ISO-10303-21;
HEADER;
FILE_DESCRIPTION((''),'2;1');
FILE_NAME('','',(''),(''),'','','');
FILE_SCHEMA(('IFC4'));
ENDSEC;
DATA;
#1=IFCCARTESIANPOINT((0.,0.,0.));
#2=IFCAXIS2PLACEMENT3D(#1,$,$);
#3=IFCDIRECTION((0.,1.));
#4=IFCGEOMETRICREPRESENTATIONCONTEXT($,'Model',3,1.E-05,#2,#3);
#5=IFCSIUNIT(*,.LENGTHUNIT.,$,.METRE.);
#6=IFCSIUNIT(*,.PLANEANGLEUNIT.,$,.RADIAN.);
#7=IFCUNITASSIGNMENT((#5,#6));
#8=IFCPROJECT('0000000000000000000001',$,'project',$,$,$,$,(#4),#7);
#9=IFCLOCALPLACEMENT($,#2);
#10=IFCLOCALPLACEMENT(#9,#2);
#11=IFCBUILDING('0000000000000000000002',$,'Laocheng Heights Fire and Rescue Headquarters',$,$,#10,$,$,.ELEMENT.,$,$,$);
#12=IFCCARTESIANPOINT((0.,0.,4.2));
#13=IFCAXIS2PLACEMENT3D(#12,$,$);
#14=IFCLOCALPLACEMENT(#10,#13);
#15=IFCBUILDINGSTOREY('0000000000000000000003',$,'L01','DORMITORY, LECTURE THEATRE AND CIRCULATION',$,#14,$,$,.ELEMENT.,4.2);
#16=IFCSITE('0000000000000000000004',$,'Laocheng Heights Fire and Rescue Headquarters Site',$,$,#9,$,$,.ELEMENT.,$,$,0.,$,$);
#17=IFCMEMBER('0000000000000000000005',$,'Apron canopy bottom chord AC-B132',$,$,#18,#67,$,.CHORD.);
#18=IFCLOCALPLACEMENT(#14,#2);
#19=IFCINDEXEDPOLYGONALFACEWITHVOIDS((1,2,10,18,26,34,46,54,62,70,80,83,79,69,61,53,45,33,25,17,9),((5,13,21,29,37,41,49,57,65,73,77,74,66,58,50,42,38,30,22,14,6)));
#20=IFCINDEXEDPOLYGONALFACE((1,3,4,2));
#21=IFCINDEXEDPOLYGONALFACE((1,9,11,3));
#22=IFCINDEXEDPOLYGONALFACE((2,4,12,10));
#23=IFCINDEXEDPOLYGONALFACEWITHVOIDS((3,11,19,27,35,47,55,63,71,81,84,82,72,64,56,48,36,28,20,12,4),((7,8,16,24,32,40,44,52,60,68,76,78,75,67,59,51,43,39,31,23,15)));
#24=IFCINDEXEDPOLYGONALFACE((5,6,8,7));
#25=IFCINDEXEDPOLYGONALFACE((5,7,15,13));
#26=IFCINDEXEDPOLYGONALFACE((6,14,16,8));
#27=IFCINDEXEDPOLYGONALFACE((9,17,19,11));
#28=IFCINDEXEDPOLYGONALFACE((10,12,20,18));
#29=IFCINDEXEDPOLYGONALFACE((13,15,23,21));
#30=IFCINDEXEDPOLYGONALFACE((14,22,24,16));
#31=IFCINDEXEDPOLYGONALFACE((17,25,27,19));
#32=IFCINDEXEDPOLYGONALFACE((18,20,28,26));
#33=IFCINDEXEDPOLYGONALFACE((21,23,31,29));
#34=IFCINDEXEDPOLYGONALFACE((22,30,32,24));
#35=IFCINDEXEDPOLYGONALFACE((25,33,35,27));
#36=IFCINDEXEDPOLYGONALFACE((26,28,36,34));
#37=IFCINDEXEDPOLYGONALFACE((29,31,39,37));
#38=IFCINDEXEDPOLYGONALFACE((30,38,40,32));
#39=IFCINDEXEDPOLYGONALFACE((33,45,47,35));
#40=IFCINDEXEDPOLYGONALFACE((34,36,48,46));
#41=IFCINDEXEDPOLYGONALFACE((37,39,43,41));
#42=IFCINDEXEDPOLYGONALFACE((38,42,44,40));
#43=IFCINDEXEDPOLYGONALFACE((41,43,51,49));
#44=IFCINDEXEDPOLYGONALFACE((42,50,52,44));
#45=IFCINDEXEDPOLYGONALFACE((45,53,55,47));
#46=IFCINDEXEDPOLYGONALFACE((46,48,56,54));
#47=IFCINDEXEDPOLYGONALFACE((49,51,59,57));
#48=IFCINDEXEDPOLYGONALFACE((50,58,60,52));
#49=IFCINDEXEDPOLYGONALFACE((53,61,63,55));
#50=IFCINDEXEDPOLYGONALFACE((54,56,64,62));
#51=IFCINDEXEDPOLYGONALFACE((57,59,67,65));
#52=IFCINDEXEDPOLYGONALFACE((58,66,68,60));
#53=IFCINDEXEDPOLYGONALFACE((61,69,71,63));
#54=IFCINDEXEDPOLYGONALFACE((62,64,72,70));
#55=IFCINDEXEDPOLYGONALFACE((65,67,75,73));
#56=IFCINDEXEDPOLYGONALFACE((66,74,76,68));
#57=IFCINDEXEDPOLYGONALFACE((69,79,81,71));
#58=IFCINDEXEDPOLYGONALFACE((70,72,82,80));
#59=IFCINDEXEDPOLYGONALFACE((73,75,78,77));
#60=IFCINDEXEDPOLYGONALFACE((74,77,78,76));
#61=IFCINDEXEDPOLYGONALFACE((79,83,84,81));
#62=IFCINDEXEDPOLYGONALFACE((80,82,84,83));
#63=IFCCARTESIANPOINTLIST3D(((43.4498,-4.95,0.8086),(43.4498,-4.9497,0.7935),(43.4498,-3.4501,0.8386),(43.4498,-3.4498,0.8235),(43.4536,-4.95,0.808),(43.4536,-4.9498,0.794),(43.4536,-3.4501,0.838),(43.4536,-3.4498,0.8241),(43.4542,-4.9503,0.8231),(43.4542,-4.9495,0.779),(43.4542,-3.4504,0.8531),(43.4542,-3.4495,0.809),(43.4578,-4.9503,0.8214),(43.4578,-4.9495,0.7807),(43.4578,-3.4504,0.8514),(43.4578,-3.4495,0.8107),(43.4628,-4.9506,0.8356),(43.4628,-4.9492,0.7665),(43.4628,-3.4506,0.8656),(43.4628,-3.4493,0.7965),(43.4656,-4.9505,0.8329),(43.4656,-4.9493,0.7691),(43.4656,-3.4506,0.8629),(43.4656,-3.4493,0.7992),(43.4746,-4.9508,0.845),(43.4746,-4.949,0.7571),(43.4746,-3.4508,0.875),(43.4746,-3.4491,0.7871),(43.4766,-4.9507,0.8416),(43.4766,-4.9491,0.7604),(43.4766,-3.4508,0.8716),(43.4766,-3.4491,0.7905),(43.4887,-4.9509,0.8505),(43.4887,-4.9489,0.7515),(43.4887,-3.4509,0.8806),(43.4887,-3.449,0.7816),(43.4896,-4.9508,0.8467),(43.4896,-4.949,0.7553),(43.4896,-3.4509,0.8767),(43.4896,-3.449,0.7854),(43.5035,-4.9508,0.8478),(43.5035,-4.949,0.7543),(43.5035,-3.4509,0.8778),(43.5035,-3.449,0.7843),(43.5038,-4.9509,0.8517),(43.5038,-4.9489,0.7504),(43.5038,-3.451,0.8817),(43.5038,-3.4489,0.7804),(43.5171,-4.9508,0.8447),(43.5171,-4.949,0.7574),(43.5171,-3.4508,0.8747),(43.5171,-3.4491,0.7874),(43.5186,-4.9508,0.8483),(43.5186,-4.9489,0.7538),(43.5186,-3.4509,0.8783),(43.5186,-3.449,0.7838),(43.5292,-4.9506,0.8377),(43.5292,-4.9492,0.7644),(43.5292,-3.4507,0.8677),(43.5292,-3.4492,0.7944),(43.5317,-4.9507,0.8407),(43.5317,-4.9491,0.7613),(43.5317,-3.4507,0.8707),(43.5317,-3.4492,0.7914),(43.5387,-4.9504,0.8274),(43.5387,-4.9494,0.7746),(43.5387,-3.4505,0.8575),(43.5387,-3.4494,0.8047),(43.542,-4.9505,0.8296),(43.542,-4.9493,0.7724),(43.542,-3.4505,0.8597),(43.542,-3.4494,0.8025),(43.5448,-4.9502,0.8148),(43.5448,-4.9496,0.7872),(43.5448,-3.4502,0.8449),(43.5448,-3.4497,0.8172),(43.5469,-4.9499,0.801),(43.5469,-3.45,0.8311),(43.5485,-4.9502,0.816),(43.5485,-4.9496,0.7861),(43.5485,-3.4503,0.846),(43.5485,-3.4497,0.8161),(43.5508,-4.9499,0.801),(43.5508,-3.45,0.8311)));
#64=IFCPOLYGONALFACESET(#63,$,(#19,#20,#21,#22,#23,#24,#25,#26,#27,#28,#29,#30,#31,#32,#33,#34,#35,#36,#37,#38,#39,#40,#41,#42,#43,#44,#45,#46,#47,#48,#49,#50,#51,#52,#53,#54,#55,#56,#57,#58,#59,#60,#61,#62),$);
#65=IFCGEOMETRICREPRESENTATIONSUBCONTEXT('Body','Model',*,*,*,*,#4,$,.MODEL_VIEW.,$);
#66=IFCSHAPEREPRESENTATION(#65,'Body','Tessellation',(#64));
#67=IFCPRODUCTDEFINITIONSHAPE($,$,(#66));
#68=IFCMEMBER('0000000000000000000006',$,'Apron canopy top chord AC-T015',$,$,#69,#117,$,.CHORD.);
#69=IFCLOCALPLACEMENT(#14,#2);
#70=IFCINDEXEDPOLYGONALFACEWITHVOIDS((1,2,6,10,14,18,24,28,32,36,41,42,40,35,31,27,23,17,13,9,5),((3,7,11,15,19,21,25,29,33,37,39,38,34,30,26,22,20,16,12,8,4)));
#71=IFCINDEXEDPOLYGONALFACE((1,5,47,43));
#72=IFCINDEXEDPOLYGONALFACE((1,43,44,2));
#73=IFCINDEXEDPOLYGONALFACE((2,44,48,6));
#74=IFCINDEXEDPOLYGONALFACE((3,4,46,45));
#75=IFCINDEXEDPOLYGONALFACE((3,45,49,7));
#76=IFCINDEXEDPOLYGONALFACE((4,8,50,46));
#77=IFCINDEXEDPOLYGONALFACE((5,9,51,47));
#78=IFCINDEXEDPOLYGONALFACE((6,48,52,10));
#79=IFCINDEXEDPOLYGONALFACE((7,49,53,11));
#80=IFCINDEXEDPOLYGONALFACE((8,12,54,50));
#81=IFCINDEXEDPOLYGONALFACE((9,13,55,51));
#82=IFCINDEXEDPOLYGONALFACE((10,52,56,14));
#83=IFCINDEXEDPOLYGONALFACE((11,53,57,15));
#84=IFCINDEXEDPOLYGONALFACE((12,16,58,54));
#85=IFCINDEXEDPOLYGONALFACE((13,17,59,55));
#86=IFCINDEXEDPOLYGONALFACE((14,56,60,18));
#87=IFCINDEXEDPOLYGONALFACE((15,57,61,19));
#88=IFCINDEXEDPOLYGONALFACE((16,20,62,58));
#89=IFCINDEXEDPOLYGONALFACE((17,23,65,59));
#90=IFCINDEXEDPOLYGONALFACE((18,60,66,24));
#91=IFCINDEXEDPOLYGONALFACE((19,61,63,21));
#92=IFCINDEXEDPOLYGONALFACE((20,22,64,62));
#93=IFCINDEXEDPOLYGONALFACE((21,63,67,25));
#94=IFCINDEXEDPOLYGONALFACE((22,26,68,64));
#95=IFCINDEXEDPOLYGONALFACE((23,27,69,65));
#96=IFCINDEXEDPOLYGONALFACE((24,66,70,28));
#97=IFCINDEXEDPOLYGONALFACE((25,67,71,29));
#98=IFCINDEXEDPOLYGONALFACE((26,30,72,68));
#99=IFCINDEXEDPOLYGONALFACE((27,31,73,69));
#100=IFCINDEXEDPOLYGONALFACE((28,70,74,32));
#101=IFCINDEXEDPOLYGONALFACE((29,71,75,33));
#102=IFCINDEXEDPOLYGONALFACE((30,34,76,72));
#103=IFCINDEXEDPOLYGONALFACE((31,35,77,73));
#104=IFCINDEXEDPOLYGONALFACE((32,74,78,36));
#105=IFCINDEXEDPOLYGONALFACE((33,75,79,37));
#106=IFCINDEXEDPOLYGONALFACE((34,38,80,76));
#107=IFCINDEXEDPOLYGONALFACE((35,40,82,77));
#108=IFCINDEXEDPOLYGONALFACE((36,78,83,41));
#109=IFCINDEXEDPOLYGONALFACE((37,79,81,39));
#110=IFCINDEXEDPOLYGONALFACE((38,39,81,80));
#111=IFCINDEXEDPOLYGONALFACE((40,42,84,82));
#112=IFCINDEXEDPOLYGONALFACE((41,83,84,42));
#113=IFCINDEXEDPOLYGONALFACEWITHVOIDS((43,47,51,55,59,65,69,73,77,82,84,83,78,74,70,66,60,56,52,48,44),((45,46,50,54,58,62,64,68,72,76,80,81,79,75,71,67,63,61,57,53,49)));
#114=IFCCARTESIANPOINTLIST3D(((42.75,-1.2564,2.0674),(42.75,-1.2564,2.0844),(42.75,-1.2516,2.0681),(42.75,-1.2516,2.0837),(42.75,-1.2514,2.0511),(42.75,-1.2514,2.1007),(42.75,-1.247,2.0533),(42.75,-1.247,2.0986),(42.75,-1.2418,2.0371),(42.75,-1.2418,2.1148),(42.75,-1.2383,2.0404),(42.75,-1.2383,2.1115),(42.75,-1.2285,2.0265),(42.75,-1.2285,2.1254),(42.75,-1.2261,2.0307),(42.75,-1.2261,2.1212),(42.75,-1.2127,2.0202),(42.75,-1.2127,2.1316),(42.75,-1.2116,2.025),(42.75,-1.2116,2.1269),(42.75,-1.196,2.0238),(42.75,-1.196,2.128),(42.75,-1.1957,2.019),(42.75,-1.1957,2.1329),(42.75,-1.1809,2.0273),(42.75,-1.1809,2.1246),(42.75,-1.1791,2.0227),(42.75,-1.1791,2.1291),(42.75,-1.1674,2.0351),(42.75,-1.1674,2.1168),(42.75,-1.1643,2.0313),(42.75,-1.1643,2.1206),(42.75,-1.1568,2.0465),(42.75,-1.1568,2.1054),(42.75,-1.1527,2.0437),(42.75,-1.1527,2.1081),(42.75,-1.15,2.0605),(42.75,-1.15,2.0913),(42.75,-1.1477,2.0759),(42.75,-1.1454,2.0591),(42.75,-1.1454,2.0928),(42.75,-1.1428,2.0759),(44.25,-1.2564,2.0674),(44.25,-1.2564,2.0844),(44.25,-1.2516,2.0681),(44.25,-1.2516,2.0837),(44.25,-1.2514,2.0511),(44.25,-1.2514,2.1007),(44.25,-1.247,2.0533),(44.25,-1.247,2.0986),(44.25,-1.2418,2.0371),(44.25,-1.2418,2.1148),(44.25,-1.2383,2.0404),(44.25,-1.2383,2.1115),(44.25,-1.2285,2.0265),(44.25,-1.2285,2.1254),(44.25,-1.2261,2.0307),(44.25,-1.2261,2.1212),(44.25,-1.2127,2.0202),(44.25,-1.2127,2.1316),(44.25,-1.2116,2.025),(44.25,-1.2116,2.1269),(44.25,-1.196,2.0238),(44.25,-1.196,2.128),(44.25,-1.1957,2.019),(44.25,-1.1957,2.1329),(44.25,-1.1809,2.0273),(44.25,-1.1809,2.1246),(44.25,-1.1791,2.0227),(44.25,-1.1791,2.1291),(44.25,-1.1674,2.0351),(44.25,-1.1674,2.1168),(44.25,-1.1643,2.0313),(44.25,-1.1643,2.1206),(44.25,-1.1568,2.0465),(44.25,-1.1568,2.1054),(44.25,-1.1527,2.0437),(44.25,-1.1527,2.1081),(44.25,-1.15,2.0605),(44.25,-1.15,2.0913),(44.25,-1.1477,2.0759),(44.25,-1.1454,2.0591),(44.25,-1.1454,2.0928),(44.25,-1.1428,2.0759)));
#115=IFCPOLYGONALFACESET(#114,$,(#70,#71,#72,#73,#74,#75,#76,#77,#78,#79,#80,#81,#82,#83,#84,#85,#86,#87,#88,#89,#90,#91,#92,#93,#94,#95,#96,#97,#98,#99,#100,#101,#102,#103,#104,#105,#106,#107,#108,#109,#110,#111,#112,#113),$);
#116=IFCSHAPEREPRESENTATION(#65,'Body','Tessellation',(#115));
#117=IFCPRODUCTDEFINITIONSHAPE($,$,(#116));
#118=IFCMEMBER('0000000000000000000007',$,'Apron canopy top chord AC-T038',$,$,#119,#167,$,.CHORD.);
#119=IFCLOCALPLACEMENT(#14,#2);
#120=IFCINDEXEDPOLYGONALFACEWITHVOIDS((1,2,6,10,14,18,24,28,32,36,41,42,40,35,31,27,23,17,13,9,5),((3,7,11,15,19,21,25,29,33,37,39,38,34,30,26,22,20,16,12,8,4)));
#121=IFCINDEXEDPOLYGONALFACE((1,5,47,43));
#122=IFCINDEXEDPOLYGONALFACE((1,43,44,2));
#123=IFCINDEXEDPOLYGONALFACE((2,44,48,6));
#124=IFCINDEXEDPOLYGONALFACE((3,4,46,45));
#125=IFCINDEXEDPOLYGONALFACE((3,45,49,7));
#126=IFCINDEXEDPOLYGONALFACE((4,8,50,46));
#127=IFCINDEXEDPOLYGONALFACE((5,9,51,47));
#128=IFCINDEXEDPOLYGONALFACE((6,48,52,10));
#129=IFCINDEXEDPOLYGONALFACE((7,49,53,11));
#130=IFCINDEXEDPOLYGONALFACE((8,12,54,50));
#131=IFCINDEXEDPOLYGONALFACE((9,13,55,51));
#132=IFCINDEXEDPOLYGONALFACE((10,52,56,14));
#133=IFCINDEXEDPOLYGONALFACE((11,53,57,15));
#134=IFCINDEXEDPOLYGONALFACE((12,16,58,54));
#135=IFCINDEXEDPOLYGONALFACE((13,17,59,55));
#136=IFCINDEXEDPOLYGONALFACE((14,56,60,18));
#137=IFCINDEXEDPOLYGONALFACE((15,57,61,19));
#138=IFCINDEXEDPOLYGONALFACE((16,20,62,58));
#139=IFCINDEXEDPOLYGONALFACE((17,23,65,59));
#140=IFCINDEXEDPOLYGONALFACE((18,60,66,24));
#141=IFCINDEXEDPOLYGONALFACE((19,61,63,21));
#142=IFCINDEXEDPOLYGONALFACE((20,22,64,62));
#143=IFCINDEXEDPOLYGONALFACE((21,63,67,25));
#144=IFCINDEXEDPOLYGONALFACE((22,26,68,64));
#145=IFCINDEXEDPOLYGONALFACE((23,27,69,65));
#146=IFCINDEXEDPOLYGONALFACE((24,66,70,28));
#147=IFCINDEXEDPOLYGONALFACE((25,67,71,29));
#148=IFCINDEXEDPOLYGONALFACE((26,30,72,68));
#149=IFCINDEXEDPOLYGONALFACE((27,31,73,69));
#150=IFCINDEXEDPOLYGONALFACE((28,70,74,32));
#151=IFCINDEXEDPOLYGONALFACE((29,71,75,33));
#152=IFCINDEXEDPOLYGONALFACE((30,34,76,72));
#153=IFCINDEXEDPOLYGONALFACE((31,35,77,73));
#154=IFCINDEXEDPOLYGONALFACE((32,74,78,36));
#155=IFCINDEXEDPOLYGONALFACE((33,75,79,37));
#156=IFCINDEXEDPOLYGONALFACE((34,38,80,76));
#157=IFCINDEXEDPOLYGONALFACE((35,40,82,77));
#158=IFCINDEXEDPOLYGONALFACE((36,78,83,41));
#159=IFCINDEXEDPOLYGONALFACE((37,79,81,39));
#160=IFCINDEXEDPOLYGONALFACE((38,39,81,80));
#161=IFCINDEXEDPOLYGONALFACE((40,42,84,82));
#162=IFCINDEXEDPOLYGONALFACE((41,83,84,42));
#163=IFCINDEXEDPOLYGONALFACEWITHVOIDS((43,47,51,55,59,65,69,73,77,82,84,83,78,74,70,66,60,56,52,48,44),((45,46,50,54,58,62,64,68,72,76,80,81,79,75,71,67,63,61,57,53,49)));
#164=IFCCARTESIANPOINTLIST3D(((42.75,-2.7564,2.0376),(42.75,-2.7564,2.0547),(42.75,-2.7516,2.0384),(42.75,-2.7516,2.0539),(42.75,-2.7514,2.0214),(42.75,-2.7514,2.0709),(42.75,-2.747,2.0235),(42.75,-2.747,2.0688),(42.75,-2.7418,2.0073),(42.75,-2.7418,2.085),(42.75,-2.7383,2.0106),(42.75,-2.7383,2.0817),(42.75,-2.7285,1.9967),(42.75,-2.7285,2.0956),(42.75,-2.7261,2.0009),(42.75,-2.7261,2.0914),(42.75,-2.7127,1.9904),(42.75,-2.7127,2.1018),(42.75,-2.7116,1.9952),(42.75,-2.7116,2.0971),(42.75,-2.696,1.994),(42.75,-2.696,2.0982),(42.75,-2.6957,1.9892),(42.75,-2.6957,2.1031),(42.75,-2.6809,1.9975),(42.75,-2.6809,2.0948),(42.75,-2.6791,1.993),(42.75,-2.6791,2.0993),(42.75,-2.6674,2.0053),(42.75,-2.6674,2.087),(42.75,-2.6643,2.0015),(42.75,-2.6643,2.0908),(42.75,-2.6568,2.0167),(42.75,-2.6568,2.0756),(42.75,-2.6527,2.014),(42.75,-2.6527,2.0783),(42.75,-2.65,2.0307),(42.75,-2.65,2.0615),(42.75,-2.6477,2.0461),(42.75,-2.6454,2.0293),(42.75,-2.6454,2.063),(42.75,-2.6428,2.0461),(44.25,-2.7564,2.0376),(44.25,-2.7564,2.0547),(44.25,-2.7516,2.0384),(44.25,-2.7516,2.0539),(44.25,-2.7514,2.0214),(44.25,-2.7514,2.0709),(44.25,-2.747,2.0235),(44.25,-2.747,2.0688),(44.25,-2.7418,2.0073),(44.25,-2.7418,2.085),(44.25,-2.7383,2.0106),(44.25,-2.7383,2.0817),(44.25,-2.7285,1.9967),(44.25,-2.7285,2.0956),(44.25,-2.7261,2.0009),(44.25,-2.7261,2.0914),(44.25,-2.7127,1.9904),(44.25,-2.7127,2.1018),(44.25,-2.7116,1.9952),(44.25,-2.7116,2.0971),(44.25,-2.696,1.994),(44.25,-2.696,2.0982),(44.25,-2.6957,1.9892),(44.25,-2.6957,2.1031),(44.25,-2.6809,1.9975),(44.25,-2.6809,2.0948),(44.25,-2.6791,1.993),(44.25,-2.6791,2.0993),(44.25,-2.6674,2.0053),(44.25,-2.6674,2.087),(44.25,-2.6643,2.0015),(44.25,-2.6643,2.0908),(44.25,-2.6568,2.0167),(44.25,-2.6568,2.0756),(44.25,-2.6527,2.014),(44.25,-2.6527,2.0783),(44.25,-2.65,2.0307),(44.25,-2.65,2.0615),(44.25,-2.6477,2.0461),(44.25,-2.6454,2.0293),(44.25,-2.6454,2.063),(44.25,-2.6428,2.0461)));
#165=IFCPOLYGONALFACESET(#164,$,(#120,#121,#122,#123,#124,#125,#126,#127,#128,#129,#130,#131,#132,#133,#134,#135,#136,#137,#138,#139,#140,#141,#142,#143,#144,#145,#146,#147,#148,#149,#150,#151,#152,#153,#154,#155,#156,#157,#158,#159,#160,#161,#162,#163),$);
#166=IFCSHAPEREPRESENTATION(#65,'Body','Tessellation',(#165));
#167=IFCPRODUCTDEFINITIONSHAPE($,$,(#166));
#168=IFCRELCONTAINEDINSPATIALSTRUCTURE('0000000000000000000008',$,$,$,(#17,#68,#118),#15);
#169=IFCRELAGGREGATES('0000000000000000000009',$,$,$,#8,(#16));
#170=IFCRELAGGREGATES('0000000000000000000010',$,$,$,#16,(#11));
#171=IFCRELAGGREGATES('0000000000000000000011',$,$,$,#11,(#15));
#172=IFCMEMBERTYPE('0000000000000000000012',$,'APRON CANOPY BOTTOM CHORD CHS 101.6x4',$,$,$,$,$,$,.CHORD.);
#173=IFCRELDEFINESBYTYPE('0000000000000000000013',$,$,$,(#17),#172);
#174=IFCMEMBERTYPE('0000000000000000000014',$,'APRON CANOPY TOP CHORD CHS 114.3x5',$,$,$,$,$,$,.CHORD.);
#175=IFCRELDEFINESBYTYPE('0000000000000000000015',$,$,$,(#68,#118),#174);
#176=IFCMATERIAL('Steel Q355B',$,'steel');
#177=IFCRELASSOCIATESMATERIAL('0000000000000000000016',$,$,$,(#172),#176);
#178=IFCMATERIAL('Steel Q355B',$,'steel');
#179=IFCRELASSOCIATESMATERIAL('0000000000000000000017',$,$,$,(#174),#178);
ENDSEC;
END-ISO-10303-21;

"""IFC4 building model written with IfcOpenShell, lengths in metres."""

from ifc_helpers import new_model, si_unit, direction, frame, origin, origin_2d, place, context, subcontext, project, spatial, hollow_circle, extrude, material, material_profile, profile_set, type_object, element, save


model = new_model("IFC4")

# Units and contexts
model_context = context("Model", 3, precision=1e-05, world=origin(), true_north=direction((0.0, 1.0)))
body_context = subcontext(model_context, "Body", "Model", "MODEL_VIEW")
ifc_project = project(units=[si_unit("LENGTHUNIT", "METRE"), si_unit("PLANEANGLEUNIT", "RADIAN")], contexts=[model_context])

# Site, building, storey
site_placement = place(None, origin())
site = spatial("IfcSite", under=ifc_project, at=site_placement, Name="Laocheng Heights Fire and Rescue Headquarters Site", CompositionType="ELEMENT", RefElevation=0.0)
building_placement = place(site_placement, origin())
building = spatial("IfcBuilding", under=site, at=building_placement, Name="Laocheng Heights Fire and Rescue Headquarters", CompositionType="ELEMENT")
storey_placement = place(building_placement, frame((0.0, 0.0, 4.2)))
storey = spatial("IfcBuildingStorey", under=building, at=storey_placement, Name="L01", Description="DORMITORY, LECTURE THEATRE AND CIRCULATION", CompositionType="ELEMENT", Elevation=4.2)

# Members
ifc_material_1 = material(Name="Steel Q355B", Category="steel")
ifc_material_profile_1 = material_profile(ifc_material_1, hollow_circle(Radius=0.0508, WallThickness=0.0039, at=origin_2d()), Name="CHS 101.6x4")
ifc_profile_set_1 = profile_set([ifc_material_profile_1], Name="Steel Q355B")
member_type_1 = type_object("IfcMemberType", Name="APRON CANOPY BOTTOM CHORD CHS 101.6x4", PredefinedType="CHORD", material=ifc_profile_set_1)
for number, where, z_axis, x_axis, name in (
    (1, (43.5, -3.45, 0.8311), (0.0, -0.9998, -0.020016), (1.0, 0.0, 0.0), "Apron canopy bottom chord AC-B132"),
):
    element("IfcMember", number, at=place(storey_placement, frame(where, z_axis=z_axis, x_axis=x_axis)), inside=storey, type_object=member_type_1, Name=name, PredefinedType="CHORD", context=body_context, shape_type="SweptSolid", body=[
        extrude(hollow_circle(Radius=0.0508, WallThickness=0.0039, at=origin_2d()), origin(), (0.0, 0.0, 1.0), 1.5002),
    ])
ifc_material_2 = material(Name="Steel Q355B", Category="steel")
ifc_material_profile_2 = material_profile(ifc_material_2, hollow_circle(Radius=0.0571, WallThickness=0.0049, at=origin_2d()), Name="CHS 114.3x5")
ifc_profile_set_2 = profile_set([ifc_material_profile_2], Name="Steel Q355B")
member_type_2 = type_object("IfcMemberType", Name="APRON CANOPY TOP CHORD CHS 114.3x5", PredefinedType="CHORD", material=ifc_profile_set_2)
for number, where, z_axis, x_axis, name in (
    (2, (42.75, -1.2, 2.0759), (1.0, 0.0, 0.0), (0.0, 1.0, 0.0), "Apron canopy top chord AC-T015"),
    (3, (42.75, -2.7, 2.0461), (1.0, 0.0, 0.0), (0.0, 1.0, 0.0), "Apron canopy top chord AC-T038"),
):
    element("IfcMember", number, at=place(storey_placement, frame(where, z_axis=z_axis, x_axis=x_axis)), inside=storey, type_object=member_type_2, Name=name, PredefinedType="CHORD", context=body_context, shape_type="SweptSolid", body=[
        extrude(hollow_circle(Radius=0.0571, WallThickness=0.0049, at=origin_2d()), origin(), (0.0, 0.0, 1.0), 1.5),
    ])

save(model, "model.ifc")
